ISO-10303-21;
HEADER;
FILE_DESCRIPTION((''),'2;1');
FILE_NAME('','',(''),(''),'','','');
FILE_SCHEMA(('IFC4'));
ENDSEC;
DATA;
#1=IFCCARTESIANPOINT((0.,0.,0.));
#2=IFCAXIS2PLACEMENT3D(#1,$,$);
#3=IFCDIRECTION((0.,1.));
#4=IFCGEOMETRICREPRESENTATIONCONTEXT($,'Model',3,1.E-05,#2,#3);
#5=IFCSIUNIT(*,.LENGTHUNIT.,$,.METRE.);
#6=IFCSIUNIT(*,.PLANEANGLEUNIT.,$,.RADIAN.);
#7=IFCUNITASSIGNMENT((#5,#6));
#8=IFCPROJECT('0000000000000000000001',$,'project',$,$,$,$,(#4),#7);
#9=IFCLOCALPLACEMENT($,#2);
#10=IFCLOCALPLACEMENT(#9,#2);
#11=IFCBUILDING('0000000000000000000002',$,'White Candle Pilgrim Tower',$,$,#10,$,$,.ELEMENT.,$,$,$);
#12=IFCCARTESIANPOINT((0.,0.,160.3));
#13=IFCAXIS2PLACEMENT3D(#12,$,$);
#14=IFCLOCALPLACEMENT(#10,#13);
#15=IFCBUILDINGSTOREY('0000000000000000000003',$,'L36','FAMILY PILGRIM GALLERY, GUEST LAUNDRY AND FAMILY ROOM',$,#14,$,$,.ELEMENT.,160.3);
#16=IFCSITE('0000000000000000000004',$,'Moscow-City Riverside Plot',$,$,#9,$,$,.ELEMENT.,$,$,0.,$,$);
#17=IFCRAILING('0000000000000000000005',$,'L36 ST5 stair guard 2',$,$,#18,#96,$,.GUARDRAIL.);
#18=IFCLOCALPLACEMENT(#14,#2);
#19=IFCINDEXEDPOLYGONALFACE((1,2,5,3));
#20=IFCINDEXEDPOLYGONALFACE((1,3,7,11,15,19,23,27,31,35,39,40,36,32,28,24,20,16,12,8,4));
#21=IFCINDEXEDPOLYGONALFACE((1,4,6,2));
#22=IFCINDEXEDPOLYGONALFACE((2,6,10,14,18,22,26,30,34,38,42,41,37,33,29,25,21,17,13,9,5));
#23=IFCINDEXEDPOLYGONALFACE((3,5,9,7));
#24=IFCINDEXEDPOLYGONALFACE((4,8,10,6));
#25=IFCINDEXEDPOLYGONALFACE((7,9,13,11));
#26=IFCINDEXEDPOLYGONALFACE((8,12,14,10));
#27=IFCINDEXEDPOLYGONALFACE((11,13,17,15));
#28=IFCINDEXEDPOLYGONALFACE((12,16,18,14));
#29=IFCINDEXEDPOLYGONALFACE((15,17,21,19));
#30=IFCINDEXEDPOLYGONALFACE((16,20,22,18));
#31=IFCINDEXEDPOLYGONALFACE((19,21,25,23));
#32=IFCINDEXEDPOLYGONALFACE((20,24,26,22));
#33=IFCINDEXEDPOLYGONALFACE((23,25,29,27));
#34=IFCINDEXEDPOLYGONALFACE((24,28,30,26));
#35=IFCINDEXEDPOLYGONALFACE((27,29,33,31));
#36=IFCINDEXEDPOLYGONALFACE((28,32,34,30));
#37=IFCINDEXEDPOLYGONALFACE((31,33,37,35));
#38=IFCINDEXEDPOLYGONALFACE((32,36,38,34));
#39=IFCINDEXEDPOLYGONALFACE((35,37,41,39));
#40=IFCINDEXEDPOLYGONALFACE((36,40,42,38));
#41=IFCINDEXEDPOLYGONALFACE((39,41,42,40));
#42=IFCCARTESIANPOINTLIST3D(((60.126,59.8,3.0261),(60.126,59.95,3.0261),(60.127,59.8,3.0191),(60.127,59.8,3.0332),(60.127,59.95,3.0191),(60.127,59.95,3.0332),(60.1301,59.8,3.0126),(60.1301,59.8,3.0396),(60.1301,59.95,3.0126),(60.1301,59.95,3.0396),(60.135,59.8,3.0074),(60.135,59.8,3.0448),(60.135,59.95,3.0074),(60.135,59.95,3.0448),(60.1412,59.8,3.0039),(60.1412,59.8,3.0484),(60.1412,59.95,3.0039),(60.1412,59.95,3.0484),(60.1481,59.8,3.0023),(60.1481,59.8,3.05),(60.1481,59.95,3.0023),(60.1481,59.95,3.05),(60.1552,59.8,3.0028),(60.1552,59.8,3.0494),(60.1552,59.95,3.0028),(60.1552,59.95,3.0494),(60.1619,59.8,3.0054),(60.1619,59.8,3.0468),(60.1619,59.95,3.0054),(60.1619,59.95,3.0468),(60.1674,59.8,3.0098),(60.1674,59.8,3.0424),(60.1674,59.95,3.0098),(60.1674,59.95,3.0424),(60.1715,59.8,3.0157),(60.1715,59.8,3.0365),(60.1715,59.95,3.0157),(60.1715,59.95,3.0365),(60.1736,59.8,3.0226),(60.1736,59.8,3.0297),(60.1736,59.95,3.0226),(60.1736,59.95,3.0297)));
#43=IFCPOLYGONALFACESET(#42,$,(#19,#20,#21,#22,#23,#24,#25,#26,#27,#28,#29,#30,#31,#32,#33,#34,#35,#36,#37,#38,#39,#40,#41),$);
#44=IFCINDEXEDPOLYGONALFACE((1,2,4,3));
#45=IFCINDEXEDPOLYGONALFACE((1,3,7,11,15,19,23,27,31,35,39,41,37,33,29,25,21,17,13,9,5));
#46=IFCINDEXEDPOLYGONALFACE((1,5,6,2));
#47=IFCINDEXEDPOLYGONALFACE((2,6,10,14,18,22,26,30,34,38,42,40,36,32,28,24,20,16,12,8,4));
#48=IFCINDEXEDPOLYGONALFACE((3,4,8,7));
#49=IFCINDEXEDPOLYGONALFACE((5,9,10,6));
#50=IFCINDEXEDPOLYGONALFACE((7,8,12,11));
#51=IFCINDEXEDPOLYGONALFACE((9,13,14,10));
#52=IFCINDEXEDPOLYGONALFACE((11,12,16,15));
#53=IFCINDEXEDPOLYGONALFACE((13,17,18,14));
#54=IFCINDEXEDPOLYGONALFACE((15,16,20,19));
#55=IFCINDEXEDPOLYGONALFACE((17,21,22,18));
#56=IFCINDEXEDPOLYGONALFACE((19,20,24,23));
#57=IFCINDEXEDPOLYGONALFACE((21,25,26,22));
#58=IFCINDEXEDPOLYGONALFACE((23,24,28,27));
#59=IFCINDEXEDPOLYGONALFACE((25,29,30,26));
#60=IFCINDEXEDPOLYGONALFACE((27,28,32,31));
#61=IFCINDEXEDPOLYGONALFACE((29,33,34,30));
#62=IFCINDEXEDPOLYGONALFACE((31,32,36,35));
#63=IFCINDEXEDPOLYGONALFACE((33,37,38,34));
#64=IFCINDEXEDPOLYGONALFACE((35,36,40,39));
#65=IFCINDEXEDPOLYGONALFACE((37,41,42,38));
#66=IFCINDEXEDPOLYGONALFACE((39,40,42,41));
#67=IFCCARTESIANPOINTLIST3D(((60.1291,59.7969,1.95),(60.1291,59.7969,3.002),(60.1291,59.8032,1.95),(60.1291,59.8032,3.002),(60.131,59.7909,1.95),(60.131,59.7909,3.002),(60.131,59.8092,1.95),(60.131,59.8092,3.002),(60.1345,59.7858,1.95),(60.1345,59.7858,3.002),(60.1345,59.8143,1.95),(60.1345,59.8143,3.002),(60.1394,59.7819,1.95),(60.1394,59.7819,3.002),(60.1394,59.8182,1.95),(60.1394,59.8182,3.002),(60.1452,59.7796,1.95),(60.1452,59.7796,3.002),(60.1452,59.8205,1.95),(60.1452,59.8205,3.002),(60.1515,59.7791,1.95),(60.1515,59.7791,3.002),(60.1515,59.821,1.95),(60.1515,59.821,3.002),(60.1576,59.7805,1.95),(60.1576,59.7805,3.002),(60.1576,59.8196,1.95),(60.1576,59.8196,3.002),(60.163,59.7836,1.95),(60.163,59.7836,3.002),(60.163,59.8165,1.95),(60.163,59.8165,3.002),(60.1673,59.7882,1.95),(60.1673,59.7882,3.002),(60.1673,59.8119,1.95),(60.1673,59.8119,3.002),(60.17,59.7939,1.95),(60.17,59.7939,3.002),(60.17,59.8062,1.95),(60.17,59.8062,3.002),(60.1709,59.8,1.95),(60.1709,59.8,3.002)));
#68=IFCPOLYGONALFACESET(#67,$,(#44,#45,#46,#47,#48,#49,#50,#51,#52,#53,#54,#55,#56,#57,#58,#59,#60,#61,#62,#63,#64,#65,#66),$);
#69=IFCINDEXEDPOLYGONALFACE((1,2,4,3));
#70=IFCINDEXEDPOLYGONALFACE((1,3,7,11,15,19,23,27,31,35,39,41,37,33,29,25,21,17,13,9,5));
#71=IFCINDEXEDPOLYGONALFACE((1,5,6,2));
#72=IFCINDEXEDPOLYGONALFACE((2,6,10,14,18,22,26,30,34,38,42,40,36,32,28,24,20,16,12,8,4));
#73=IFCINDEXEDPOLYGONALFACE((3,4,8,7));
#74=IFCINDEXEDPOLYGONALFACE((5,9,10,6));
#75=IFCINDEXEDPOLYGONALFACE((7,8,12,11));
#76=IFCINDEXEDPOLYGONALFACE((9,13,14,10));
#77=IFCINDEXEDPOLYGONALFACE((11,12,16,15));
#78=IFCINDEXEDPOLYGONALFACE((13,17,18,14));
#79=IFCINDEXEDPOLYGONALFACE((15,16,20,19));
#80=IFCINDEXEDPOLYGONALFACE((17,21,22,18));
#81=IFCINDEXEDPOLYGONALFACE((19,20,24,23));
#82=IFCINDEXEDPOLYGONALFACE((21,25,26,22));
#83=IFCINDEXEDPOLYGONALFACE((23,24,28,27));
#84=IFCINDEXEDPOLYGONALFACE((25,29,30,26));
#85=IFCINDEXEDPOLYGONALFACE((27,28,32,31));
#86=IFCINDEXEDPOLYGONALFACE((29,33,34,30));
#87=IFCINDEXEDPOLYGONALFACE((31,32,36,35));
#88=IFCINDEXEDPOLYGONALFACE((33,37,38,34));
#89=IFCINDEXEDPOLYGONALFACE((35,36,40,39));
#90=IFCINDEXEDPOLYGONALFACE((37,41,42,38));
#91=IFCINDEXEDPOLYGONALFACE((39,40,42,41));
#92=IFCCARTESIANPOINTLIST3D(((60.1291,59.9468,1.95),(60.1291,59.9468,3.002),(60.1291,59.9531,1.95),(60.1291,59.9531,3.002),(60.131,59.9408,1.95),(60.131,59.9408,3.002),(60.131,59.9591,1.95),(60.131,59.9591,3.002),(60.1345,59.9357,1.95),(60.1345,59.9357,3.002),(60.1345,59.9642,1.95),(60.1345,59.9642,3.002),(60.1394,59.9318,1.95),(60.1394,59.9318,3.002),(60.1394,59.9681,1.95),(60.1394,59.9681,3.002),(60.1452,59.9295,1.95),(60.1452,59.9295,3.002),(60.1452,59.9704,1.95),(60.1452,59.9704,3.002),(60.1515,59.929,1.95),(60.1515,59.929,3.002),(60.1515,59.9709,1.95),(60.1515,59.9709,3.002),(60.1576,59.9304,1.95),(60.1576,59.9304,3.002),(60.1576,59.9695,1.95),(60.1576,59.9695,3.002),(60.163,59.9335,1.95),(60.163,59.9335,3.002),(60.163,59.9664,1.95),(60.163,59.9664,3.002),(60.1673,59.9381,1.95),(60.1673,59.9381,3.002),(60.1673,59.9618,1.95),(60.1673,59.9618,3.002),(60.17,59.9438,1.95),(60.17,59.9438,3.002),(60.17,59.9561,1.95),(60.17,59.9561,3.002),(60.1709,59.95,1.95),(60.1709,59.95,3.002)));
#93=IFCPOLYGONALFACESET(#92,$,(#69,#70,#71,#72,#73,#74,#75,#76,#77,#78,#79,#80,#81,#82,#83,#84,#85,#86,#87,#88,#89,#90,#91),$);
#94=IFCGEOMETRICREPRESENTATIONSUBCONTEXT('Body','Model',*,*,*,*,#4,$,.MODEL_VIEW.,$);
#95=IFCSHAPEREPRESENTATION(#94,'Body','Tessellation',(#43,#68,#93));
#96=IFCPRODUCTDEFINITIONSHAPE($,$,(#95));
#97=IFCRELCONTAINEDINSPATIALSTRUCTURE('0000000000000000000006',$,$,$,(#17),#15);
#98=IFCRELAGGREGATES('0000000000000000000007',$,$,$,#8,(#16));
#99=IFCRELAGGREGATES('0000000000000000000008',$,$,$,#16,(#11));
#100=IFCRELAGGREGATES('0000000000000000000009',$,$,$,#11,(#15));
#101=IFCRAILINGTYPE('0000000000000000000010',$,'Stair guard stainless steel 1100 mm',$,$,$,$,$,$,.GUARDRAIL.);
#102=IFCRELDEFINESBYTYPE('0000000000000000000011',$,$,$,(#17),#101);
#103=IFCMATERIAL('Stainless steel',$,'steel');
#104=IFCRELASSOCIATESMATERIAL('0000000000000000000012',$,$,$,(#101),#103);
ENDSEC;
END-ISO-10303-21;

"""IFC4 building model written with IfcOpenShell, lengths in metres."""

from ifc_helpers import new_model, si_unit, direction, frame, origin, origin_2d, place, context, subcontext, project, spatial, circle, extrude, material, type_object, element, save


model = new_model("IFC4")

# Units and contexts
model_context = context("Model", 3, precision=1e-05, world=origin(), true_north=direction((0.0, 1.0)))
body_context = subcontext(model_context, "Body", "Model", "MODEL_VIEW")
ifc_project = project(units=[si_unit("LENGTHUNIT", "METRE"), si_unit("PLANEANGLEUNIT", "RADIAN")], contexts=[model_context])

# Site, building, storey
site_placement = place(None, origin())
site = spatial("IfcSite", under=ifc_project, at=site_placement, Name="Moscow-City Riverside Plot", CompositionType="ELEMENT", RefElevation=0.0)
building_placement = place(site_placement, origin())
building = spatial("IfcBuilding", under=site, at=building_placement, Name="White Candle Pilgrim Tower", CompositionType="ELEMENT")
storey_placement = place(building_placement, frame((0.0, 0.0, 160.3)))
storey = spatial("IfcBuildingStorey", under=building, at=storey_placement, Name="L36", Description="FAMILY PILGRIM GALLERY, GUEST LAUNDRY AND FAMILY ROOM", CompositionType="ELEMENT", Elevation=160.3)

# Railing
ifc_material_1 = material(Name="Stainless steel", Category="steel")
railing_type_1 = type_object("IfcRailingType", Name="Stair guard stainless steel 1100 mm", PredefinedType="GUARDRAIL", material=ifc_material_1)
railing_1_placement = place(storey_placement, frame((60.1499, 59.8, 1.95)))
element("IfcRailing", 1, at=railing_1_placement, inside=storey, type_object=railing_type_1, Name="L36 ST5 stair guard 2", PredefinedType="GUARDRAIL", context=body_context, shape_type="SweptSolid", body=[
    extrude(circle(Radius=0.0239, at=origin_2d()), frame((0.0, 0.0, 1.0762), z_axis=(0.0, 1.0, 0.0), x_axis=(-1.0, 0.0, 0.0)), (0.0, 0.0, 1.0), 0.1499),
    extrude(circle(Radius=0.021, at=origin_2d()), origin(), (0.0, 0.0, 1.0), 1.052),
    extrude(circle(Radius=0.021, at=origin_2d()), frame((0.0, 0.1499, 0.0)), (0.0, 0.0, 1.0), 1.052),
])

save(model, "model.ifc")
